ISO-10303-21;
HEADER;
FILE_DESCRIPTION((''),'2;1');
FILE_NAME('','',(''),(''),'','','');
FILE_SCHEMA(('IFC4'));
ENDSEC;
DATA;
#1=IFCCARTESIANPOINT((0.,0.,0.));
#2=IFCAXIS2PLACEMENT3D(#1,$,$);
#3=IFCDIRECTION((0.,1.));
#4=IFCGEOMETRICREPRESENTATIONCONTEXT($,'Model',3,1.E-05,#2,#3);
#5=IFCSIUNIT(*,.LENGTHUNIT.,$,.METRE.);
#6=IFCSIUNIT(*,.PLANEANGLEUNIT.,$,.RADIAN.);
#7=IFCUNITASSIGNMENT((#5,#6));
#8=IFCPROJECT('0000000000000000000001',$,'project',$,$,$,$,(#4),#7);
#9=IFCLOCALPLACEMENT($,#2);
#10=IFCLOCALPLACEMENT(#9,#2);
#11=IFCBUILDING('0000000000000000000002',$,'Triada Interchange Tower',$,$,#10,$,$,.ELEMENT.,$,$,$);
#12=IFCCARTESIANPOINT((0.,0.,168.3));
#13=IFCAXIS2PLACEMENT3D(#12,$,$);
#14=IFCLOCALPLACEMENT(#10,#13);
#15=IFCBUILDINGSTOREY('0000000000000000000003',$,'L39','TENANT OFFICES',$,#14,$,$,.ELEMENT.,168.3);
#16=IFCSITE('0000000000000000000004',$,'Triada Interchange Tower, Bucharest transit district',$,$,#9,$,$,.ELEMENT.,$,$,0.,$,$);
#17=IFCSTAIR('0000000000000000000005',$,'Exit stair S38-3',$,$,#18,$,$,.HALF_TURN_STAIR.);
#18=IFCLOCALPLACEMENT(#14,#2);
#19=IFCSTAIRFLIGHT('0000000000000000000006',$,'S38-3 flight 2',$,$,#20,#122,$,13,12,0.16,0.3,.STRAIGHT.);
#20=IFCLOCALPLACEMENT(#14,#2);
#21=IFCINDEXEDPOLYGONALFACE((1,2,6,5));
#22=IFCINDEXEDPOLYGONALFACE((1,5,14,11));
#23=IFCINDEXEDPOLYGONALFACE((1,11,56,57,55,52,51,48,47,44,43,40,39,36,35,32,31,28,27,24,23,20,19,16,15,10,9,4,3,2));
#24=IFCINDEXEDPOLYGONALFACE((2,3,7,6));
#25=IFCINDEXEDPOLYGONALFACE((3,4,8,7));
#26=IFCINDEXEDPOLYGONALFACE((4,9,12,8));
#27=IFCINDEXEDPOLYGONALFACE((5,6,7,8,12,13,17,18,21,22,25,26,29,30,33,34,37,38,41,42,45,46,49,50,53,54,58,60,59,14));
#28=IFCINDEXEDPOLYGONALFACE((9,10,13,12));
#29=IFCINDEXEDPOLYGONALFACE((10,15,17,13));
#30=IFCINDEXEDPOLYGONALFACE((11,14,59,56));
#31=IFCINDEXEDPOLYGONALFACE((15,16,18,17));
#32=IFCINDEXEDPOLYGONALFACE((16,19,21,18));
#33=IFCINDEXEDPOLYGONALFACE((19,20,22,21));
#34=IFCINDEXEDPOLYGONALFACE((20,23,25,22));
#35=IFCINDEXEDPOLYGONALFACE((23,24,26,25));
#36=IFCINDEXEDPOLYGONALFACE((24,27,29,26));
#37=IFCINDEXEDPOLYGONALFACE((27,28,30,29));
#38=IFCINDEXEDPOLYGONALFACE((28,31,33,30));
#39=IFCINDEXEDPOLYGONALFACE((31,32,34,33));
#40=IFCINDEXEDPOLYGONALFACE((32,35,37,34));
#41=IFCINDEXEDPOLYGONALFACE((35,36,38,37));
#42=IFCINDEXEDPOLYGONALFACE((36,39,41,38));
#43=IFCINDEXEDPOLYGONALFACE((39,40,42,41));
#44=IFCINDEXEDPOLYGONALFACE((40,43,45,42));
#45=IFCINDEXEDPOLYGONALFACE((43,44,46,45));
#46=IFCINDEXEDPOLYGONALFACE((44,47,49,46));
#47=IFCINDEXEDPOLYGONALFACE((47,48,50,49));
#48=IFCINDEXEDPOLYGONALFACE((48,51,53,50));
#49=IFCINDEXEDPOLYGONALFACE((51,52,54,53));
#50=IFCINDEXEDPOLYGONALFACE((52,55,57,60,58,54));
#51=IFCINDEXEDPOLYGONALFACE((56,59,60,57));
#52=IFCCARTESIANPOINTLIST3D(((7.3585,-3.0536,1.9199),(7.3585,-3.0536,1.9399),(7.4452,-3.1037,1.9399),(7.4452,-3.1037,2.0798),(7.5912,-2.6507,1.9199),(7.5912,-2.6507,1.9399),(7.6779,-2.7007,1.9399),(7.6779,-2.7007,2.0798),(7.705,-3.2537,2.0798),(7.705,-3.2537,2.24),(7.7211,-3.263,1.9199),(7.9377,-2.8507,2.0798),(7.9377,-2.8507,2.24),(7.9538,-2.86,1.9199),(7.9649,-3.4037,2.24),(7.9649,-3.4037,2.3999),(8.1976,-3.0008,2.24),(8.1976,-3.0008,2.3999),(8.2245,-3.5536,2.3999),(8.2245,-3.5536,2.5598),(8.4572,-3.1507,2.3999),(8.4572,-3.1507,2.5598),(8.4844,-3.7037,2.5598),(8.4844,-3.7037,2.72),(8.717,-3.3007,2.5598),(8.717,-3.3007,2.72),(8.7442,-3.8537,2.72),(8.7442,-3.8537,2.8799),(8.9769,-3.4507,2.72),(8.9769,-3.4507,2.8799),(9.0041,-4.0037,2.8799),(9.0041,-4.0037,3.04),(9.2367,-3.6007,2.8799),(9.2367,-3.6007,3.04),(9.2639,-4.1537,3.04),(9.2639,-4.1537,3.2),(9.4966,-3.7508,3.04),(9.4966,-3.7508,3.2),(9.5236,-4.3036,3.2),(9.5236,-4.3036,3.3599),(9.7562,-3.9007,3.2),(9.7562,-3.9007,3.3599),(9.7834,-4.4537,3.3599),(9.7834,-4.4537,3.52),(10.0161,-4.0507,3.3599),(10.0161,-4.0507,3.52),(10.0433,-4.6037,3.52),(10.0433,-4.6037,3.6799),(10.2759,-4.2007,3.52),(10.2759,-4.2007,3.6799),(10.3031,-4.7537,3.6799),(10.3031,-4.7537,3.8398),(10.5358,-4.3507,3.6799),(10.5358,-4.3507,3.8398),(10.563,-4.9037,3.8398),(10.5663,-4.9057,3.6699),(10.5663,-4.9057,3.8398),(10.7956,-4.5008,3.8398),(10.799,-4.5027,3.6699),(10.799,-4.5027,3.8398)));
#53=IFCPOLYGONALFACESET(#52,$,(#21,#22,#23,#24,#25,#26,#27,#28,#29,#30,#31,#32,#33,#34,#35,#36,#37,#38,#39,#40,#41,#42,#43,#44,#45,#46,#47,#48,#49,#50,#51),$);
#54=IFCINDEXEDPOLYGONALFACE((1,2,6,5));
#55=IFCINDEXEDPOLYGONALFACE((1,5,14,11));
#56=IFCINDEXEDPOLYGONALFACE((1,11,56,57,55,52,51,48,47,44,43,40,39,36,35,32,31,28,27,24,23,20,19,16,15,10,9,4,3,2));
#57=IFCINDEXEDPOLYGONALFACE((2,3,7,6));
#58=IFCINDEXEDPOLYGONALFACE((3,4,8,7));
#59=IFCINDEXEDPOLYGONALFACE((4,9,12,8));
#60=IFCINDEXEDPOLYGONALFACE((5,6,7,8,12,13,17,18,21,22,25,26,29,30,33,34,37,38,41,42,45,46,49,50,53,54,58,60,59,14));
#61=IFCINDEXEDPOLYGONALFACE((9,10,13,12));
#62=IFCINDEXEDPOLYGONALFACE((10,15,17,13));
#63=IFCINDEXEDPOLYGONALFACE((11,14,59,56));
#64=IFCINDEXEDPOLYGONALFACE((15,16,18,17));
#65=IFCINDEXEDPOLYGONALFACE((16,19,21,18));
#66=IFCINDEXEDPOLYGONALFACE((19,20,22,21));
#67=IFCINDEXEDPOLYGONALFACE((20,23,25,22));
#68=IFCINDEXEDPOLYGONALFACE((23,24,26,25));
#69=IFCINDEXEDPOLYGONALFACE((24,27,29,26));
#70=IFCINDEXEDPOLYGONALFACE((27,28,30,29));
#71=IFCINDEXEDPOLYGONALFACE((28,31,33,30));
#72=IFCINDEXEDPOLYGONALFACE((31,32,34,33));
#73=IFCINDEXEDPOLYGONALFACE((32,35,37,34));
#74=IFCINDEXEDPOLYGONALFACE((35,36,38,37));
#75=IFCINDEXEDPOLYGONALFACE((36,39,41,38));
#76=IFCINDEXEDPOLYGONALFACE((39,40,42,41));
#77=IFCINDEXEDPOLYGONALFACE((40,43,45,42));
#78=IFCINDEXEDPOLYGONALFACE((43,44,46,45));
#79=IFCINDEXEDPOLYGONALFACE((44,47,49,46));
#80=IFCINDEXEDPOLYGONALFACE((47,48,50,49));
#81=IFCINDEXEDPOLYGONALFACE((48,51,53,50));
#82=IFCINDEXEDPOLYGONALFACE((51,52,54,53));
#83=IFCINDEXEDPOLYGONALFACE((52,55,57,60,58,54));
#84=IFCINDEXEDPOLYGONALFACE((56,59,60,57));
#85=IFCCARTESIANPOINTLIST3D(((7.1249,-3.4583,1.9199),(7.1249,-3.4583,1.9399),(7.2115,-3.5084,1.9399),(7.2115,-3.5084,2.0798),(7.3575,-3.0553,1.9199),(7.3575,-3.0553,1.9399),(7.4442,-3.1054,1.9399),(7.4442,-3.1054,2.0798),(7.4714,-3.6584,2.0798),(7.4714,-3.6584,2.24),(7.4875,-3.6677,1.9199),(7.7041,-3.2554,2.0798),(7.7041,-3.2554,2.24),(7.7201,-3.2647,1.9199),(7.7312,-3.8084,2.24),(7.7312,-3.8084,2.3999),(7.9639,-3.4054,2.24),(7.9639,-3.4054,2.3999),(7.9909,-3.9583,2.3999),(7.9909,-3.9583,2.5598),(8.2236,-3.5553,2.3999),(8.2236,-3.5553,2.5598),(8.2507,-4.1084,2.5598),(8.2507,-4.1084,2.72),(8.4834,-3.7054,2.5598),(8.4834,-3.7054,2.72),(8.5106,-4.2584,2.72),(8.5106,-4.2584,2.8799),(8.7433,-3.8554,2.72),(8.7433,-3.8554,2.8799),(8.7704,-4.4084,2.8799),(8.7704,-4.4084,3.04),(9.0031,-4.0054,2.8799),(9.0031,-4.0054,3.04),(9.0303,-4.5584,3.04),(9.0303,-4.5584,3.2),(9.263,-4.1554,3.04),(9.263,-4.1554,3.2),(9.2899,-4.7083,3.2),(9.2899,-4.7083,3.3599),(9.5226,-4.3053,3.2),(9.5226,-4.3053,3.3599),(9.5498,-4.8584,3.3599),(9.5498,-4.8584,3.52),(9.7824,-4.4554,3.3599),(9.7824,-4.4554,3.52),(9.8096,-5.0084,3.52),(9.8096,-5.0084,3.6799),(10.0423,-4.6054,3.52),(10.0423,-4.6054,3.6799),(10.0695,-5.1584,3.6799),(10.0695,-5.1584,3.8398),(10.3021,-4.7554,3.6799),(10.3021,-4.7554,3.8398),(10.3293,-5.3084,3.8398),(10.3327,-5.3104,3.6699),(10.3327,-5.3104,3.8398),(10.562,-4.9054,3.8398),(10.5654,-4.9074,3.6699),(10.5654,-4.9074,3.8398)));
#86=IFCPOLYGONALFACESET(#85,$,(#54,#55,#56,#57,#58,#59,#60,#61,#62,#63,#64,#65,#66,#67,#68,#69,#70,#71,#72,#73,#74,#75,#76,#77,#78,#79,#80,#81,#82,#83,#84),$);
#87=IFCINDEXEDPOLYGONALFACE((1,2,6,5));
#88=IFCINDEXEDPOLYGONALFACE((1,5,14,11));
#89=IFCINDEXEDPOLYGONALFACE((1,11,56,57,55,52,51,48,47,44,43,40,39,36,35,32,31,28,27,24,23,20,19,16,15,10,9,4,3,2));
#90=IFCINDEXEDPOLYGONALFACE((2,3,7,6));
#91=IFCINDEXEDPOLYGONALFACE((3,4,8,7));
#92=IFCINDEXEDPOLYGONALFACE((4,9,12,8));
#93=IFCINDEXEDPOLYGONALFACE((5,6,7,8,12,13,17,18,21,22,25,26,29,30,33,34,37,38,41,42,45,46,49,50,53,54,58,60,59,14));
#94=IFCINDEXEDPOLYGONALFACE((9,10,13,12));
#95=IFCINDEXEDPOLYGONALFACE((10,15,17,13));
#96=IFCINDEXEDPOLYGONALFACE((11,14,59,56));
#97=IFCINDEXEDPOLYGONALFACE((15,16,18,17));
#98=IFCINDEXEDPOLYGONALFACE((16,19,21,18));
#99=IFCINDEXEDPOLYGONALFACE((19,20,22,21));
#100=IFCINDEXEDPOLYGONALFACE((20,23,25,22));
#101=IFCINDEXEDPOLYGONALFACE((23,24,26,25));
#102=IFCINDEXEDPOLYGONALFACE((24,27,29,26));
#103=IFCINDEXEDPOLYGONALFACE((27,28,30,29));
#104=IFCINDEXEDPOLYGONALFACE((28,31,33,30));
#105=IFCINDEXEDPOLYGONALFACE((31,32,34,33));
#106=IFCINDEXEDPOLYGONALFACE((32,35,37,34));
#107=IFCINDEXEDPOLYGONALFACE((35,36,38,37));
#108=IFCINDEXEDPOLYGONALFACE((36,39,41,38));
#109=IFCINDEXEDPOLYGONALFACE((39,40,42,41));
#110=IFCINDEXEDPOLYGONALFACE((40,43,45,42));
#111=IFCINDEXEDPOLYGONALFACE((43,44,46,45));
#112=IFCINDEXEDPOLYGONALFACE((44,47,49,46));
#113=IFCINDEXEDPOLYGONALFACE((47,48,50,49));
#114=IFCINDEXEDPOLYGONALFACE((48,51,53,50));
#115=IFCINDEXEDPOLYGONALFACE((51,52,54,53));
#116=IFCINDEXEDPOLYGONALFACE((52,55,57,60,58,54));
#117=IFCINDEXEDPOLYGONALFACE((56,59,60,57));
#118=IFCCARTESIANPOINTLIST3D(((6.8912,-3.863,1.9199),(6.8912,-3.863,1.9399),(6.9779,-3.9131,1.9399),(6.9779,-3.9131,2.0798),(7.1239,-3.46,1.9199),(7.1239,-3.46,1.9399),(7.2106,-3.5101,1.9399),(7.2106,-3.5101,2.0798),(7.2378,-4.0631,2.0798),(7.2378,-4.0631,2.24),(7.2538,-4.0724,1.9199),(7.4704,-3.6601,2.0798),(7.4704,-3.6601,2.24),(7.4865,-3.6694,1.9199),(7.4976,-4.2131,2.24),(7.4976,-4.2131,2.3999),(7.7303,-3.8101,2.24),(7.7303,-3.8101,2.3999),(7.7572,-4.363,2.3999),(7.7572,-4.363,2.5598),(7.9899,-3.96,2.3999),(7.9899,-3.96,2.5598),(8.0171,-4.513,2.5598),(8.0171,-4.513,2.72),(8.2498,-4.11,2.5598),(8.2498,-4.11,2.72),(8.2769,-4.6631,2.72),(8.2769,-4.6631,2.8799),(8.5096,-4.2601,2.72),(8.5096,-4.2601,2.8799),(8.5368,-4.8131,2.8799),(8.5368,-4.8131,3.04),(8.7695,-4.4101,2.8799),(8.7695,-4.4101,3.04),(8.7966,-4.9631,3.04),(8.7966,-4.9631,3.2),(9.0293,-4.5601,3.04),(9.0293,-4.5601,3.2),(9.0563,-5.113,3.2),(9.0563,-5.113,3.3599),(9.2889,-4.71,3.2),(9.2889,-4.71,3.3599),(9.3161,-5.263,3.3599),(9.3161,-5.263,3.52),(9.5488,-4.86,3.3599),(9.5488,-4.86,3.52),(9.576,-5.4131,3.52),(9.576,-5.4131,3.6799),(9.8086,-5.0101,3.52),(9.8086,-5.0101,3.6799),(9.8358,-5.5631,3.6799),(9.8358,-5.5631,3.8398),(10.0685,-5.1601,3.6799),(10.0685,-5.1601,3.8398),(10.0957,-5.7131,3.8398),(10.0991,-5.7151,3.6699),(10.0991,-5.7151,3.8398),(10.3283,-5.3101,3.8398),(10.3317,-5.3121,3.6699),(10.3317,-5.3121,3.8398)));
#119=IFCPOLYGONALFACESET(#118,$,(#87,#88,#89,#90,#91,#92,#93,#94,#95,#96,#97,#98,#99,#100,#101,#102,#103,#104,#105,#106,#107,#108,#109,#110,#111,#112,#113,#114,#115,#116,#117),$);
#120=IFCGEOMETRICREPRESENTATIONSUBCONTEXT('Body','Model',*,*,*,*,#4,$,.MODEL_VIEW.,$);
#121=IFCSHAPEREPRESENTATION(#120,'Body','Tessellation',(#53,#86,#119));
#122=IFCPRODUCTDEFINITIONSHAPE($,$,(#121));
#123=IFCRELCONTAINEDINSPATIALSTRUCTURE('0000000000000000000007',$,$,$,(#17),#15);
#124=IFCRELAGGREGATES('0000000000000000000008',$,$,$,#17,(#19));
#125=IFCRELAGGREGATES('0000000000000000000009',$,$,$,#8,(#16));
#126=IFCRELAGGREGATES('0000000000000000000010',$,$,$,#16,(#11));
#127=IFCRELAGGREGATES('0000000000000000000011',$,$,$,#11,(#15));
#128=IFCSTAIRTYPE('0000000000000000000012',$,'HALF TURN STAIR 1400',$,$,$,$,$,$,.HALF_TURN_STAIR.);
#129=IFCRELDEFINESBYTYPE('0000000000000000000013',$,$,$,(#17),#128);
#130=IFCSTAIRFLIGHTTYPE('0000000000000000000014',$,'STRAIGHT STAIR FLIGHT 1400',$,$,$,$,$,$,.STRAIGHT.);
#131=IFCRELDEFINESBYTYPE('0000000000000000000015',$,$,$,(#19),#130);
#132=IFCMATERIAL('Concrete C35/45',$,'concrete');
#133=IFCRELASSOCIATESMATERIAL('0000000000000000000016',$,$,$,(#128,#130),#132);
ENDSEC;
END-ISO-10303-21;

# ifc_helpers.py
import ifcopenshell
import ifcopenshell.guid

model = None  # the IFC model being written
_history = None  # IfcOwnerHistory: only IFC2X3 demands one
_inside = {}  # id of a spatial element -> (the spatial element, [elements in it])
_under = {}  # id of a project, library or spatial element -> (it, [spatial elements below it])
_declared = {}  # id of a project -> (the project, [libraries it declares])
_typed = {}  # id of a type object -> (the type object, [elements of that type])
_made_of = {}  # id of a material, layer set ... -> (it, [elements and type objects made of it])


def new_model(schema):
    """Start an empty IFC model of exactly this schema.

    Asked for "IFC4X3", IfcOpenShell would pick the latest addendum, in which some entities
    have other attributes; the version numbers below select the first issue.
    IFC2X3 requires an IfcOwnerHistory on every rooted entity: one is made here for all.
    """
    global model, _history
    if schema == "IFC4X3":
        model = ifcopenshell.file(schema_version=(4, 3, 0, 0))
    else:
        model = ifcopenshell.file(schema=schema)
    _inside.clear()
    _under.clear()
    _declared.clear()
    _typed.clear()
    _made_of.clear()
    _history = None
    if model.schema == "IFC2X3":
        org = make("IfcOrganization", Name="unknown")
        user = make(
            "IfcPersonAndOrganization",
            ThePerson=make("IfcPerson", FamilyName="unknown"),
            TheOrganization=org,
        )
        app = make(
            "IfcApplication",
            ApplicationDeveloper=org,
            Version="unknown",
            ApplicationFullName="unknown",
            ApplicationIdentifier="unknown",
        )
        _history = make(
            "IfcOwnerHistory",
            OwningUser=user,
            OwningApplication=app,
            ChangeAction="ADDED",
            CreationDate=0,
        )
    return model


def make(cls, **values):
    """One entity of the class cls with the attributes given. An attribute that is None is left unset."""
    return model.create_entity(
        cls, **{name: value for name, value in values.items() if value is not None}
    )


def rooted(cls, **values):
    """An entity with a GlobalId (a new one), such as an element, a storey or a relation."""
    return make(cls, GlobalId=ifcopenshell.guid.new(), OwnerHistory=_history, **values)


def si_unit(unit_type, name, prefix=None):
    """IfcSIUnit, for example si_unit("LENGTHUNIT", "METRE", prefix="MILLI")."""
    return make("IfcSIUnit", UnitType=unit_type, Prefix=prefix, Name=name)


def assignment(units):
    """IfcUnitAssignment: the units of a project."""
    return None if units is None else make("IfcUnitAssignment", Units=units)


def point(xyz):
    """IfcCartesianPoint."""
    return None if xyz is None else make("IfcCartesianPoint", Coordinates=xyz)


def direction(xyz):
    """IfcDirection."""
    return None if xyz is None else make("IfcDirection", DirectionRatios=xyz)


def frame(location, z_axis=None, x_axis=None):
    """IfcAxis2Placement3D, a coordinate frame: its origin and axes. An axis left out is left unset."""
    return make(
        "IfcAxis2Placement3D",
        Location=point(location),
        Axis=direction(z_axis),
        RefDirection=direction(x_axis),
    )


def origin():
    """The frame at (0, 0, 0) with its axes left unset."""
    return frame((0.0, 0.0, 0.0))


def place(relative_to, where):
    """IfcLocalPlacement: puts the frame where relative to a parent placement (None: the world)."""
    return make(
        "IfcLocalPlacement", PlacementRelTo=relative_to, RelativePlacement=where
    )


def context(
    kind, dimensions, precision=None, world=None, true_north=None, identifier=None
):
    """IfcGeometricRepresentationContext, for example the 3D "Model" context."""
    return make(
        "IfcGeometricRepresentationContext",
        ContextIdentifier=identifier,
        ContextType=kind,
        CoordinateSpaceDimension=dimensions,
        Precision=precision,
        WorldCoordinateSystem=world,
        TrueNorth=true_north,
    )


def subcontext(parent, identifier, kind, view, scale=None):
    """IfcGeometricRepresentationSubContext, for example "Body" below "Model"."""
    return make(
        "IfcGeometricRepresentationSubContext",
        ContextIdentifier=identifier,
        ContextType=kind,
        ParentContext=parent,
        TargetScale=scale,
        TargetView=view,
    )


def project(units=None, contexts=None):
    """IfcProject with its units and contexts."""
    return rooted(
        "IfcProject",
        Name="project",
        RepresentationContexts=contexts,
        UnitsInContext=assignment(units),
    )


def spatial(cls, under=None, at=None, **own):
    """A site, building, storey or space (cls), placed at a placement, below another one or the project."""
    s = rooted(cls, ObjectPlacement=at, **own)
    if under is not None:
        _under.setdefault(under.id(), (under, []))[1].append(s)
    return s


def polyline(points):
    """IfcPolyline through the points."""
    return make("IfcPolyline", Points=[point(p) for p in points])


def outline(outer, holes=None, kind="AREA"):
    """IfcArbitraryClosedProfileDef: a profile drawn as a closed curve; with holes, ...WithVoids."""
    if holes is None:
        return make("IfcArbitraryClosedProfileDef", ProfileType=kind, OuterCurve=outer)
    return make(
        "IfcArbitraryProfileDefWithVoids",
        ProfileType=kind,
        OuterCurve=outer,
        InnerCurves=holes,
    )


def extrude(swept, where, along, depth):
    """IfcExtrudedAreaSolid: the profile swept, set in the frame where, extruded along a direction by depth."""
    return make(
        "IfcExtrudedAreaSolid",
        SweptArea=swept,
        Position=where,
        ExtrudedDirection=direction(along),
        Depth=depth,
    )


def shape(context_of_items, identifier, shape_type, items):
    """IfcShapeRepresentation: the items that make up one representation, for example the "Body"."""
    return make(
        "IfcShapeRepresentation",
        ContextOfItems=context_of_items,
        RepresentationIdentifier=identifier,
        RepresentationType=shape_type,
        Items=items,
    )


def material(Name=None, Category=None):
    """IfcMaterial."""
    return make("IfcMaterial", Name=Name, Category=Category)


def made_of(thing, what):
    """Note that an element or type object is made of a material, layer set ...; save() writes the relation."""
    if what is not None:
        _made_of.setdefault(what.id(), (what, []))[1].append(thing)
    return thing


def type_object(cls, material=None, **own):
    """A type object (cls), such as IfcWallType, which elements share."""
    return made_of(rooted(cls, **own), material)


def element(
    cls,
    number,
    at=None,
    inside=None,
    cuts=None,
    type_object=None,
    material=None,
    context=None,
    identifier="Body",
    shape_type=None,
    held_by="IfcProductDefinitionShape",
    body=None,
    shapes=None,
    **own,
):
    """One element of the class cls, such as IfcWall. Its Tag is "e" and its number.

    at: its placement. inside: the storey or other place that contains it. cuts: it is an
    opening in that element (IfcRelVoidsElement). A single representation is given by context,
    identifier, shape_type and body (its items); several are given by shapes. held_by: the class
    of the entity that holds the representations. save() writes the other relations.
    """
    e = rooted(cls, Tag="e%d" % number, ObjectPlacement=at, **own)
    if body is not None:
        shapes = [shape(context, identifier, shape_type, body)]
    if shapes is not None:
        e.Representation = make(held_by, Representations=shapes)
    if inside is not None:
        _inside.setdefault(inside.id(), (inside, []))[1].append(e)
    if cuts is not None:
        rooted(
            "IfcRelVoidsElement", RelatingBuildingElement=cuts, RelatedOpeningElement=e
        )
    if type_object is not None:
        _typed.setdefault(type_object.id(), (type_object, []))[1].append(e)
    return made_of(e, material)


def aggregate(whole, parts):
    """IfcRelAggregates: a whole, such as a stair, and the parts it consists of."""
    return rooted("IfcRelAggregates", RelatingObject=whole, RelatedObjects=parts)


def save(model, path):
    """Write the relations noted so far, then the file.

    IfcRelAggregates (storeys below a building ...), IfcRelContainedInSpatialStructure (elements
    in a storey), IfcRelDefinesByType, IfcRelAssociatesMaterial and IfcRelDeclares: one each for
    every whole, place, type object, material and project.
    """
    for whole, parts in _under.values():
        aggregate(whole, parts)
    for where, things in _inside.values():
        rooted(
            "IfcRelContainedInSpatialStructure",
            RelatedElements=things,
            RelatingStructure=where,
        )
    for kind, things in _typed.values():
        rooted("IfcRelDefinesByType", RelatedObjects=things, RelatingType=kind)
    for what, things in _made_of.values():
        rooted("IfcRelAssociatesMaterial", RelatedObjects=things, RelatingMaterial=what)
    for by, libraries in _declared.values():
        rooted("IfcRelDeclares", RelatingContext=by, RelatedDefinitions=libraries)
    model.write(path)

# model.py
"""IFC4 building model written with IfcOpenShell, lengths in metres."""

from ifc_helpers import new_model, si_unit, direction, frame, origin, place, context, subcontext, project, spatial, polyline, outline, extrude, material, type_object, element, aggregate, save


model = new_model("IFC4")

# Units and contexts
model_context = context("Model", 3, precision=1e-05, world=origin(), true_north=direction((0.0, 1.0)))
body_context = subcontext(model_context, "Body", "Model", "MODEL_VIEW")
ifc_project = project(units=[si_unit("LENGTHUNIT", "METRE"), si_unit("PLANEANGLEUNIT", "RADIAN")], contexts=[model_context])

# Site, building, storey
site_placement = place(None, origin())
site = spatial("IfcSite", under=ifc_project, at=site_placement, Name="Triada Interchange Tower, Bucharest transit district", CompositionType="ELEMENT", RefElevation=0.0)
building_placement = place(site_placement, origin())
building = spatial("IfcBuilding", under=site, at=building_placement, Name="Triada Interchange Tower", CompositionType="ELEMENT")
storey_placement = place(building_placement, frame((0.0, 0.0, 168.3)))
storey = spatial("IfcBuildingStorey", under=building, at=storey_placement, Name="L39", Description="TENANT OFFICES", CompositionType="ELEMENT", Elevation=168.3)

# Stair, stair flight
ifc_material_1 = material(Name="Concrete C35/45", Category="concrete")
stair_type = type_object("IfcStairType", Name="HALF TURN STAIR 1400", PredefinedType="HALF_TURN_STAIR", material=ifc_material_1)
stair_placement = place(storey_placement, origin())
stair = element("IfcStair", 1, at=stair_placement, inside=storey, type_object=stair_type, Name="Exit stair S38-3", PredefinedType="HALF_TURN_STAIR")
stair_flight_type = type_object("IfcStairFlightType", Name="STRAIGHT STAIR FLIGHT 1400", PredefinedType="STRAIGHT", material=ifc_material_1)
stair_flight_1_placement = place(storey_placement, frame((7.3279, -3.3069, 1.9199), z_axis=(0.0, 0.0, 1.0), x_axis=(0.866025, -0.5, 0.0)))
stair_flight_1 = element("IfcStairFlight", 2, at=stair_flight_1_placement, type_object=stair_flight_type, Name="S38-3 flight 2", NumberOfRisers=13, NumberOfTreads=12, PredefinedType="STRAIGHT", RiserHeight=0.16, TreadLength=0.3, context=body_context, shape_type="SweptSolid", body=[
    extrude(outline(polyline([(-0.1001, 0.0), (-0.1001, 0.02), (0.0, 0.02), (0.0, 0.1599), (0.3, 0.1599), (0.3, 0.3201), (0.6001, 0.3201), (0.6001, 0.48), (0.8999, 0.48), (0.8999, 0.6399), (1.2, 0.6399), (1.2, 0.8), (1.5, 0.8), (1.5, 0.96), (1.8, 0.96), (1.8, 1.1201), (2.1001, 1.1201), (2.1001, 1.28), (2.3999, 1.28), (2.3999, 1.4399), (2.7, 1.4399), (2.7, 1.6001), (3.0, 1.6001), (3.0, 1.76), (3.3, 1.76), (3.3, 1.9199), (3.6001, 1.9199), (3.604, 1.9199), (3.604, 2.0801), (3.604, 1.75), (0.3186, 0.0), (-0.1001, 0.0)])), frame((0.0, 0.7, 0.0), z_axis=(0.0, -1.0, 0.0), x_axis=(1.0, 0.0, 0.0)), (0.0, 0.0, 1.0), 0.4653),
    extrude(outline(polyline([(-0.1001, 0.0), (-0.1001, 0.02), (0.0, 0.02), (0.0, 0.1599), (0.3, 0.1599), (0.3, 0.3201), (0.6001, 0.3201), (0.6001, 0.48), (0.8999, 0.48), (0.8999, 0.6399), (1.2, 0.6399), (1.2, 0.8), (1.5, 0.8), (1.5, 0.96), (1.8, 0.96), (1.8, 1.1201), (2.1001, 1.1201), (2.1001, 1.28), (2.3999, 1.28), (2.3999, 1.4399), (2.7, 1.4399), (2.7, 1.6001), (3.0, 1.6001), (3.0, 1.76), (3.3, 1.76), (3.3, 1.9199), (3.6001, 1.9199), (3.604, 1.9199), (3.604, 2.0801), (3.604, 1.75), (0.3186, 0.0), (-0.1001, 0.0)])), frame((0.0, 0.2327, 0.0), z_axis=(0.0, -1.0, 0.0), x_axis=(1.0, 0.0, 0.0)), (0.0, 0.0, 1.0), 0.4653),
    extrude(outline(polyline([(-0.1001, 0.0), (-0.1001, 0.02), (0.0, 0.02), (0.0, 0.1599), (0.3, 0.1599), (0.3, 0.3201), (0.6001, 0.3201), (0.6001, 0.48), (0.8999, 0.48), (0.8999, 0.6399), (1.2, 0.6399), (1.2, 0.8), (1.5, 0.8), (1.5, 0.96), (1.8, 0.96), (1.8, 1.1201), (2.1001, 1.1201), (2.1001, 1.28), (2.3999, 1.28), (2.3999, 1.4399), (2.7, 1.4399), (2.7, 1.6001), (3.0, 1.6001), (3.0, 1.76), (3.3, 1.76), (3.3, 1.9199), (3.6001, 1.9199), (3.604, 1.9199), (3.604, 2.0801), (3.604, 1.75), (0.3186, 0.0), (-0.1001, 0.0)])), frame((0.0, -0.2346, 0.0), z_axis=(0.0, -1.0, 0.0), x_axis=(1.0, 0.0, 0.0)), (0.0, 0.0, 1.0), 0.4653),
])
aggregate(stair, [stair_flight_1])

save(model, "model.ifc")
